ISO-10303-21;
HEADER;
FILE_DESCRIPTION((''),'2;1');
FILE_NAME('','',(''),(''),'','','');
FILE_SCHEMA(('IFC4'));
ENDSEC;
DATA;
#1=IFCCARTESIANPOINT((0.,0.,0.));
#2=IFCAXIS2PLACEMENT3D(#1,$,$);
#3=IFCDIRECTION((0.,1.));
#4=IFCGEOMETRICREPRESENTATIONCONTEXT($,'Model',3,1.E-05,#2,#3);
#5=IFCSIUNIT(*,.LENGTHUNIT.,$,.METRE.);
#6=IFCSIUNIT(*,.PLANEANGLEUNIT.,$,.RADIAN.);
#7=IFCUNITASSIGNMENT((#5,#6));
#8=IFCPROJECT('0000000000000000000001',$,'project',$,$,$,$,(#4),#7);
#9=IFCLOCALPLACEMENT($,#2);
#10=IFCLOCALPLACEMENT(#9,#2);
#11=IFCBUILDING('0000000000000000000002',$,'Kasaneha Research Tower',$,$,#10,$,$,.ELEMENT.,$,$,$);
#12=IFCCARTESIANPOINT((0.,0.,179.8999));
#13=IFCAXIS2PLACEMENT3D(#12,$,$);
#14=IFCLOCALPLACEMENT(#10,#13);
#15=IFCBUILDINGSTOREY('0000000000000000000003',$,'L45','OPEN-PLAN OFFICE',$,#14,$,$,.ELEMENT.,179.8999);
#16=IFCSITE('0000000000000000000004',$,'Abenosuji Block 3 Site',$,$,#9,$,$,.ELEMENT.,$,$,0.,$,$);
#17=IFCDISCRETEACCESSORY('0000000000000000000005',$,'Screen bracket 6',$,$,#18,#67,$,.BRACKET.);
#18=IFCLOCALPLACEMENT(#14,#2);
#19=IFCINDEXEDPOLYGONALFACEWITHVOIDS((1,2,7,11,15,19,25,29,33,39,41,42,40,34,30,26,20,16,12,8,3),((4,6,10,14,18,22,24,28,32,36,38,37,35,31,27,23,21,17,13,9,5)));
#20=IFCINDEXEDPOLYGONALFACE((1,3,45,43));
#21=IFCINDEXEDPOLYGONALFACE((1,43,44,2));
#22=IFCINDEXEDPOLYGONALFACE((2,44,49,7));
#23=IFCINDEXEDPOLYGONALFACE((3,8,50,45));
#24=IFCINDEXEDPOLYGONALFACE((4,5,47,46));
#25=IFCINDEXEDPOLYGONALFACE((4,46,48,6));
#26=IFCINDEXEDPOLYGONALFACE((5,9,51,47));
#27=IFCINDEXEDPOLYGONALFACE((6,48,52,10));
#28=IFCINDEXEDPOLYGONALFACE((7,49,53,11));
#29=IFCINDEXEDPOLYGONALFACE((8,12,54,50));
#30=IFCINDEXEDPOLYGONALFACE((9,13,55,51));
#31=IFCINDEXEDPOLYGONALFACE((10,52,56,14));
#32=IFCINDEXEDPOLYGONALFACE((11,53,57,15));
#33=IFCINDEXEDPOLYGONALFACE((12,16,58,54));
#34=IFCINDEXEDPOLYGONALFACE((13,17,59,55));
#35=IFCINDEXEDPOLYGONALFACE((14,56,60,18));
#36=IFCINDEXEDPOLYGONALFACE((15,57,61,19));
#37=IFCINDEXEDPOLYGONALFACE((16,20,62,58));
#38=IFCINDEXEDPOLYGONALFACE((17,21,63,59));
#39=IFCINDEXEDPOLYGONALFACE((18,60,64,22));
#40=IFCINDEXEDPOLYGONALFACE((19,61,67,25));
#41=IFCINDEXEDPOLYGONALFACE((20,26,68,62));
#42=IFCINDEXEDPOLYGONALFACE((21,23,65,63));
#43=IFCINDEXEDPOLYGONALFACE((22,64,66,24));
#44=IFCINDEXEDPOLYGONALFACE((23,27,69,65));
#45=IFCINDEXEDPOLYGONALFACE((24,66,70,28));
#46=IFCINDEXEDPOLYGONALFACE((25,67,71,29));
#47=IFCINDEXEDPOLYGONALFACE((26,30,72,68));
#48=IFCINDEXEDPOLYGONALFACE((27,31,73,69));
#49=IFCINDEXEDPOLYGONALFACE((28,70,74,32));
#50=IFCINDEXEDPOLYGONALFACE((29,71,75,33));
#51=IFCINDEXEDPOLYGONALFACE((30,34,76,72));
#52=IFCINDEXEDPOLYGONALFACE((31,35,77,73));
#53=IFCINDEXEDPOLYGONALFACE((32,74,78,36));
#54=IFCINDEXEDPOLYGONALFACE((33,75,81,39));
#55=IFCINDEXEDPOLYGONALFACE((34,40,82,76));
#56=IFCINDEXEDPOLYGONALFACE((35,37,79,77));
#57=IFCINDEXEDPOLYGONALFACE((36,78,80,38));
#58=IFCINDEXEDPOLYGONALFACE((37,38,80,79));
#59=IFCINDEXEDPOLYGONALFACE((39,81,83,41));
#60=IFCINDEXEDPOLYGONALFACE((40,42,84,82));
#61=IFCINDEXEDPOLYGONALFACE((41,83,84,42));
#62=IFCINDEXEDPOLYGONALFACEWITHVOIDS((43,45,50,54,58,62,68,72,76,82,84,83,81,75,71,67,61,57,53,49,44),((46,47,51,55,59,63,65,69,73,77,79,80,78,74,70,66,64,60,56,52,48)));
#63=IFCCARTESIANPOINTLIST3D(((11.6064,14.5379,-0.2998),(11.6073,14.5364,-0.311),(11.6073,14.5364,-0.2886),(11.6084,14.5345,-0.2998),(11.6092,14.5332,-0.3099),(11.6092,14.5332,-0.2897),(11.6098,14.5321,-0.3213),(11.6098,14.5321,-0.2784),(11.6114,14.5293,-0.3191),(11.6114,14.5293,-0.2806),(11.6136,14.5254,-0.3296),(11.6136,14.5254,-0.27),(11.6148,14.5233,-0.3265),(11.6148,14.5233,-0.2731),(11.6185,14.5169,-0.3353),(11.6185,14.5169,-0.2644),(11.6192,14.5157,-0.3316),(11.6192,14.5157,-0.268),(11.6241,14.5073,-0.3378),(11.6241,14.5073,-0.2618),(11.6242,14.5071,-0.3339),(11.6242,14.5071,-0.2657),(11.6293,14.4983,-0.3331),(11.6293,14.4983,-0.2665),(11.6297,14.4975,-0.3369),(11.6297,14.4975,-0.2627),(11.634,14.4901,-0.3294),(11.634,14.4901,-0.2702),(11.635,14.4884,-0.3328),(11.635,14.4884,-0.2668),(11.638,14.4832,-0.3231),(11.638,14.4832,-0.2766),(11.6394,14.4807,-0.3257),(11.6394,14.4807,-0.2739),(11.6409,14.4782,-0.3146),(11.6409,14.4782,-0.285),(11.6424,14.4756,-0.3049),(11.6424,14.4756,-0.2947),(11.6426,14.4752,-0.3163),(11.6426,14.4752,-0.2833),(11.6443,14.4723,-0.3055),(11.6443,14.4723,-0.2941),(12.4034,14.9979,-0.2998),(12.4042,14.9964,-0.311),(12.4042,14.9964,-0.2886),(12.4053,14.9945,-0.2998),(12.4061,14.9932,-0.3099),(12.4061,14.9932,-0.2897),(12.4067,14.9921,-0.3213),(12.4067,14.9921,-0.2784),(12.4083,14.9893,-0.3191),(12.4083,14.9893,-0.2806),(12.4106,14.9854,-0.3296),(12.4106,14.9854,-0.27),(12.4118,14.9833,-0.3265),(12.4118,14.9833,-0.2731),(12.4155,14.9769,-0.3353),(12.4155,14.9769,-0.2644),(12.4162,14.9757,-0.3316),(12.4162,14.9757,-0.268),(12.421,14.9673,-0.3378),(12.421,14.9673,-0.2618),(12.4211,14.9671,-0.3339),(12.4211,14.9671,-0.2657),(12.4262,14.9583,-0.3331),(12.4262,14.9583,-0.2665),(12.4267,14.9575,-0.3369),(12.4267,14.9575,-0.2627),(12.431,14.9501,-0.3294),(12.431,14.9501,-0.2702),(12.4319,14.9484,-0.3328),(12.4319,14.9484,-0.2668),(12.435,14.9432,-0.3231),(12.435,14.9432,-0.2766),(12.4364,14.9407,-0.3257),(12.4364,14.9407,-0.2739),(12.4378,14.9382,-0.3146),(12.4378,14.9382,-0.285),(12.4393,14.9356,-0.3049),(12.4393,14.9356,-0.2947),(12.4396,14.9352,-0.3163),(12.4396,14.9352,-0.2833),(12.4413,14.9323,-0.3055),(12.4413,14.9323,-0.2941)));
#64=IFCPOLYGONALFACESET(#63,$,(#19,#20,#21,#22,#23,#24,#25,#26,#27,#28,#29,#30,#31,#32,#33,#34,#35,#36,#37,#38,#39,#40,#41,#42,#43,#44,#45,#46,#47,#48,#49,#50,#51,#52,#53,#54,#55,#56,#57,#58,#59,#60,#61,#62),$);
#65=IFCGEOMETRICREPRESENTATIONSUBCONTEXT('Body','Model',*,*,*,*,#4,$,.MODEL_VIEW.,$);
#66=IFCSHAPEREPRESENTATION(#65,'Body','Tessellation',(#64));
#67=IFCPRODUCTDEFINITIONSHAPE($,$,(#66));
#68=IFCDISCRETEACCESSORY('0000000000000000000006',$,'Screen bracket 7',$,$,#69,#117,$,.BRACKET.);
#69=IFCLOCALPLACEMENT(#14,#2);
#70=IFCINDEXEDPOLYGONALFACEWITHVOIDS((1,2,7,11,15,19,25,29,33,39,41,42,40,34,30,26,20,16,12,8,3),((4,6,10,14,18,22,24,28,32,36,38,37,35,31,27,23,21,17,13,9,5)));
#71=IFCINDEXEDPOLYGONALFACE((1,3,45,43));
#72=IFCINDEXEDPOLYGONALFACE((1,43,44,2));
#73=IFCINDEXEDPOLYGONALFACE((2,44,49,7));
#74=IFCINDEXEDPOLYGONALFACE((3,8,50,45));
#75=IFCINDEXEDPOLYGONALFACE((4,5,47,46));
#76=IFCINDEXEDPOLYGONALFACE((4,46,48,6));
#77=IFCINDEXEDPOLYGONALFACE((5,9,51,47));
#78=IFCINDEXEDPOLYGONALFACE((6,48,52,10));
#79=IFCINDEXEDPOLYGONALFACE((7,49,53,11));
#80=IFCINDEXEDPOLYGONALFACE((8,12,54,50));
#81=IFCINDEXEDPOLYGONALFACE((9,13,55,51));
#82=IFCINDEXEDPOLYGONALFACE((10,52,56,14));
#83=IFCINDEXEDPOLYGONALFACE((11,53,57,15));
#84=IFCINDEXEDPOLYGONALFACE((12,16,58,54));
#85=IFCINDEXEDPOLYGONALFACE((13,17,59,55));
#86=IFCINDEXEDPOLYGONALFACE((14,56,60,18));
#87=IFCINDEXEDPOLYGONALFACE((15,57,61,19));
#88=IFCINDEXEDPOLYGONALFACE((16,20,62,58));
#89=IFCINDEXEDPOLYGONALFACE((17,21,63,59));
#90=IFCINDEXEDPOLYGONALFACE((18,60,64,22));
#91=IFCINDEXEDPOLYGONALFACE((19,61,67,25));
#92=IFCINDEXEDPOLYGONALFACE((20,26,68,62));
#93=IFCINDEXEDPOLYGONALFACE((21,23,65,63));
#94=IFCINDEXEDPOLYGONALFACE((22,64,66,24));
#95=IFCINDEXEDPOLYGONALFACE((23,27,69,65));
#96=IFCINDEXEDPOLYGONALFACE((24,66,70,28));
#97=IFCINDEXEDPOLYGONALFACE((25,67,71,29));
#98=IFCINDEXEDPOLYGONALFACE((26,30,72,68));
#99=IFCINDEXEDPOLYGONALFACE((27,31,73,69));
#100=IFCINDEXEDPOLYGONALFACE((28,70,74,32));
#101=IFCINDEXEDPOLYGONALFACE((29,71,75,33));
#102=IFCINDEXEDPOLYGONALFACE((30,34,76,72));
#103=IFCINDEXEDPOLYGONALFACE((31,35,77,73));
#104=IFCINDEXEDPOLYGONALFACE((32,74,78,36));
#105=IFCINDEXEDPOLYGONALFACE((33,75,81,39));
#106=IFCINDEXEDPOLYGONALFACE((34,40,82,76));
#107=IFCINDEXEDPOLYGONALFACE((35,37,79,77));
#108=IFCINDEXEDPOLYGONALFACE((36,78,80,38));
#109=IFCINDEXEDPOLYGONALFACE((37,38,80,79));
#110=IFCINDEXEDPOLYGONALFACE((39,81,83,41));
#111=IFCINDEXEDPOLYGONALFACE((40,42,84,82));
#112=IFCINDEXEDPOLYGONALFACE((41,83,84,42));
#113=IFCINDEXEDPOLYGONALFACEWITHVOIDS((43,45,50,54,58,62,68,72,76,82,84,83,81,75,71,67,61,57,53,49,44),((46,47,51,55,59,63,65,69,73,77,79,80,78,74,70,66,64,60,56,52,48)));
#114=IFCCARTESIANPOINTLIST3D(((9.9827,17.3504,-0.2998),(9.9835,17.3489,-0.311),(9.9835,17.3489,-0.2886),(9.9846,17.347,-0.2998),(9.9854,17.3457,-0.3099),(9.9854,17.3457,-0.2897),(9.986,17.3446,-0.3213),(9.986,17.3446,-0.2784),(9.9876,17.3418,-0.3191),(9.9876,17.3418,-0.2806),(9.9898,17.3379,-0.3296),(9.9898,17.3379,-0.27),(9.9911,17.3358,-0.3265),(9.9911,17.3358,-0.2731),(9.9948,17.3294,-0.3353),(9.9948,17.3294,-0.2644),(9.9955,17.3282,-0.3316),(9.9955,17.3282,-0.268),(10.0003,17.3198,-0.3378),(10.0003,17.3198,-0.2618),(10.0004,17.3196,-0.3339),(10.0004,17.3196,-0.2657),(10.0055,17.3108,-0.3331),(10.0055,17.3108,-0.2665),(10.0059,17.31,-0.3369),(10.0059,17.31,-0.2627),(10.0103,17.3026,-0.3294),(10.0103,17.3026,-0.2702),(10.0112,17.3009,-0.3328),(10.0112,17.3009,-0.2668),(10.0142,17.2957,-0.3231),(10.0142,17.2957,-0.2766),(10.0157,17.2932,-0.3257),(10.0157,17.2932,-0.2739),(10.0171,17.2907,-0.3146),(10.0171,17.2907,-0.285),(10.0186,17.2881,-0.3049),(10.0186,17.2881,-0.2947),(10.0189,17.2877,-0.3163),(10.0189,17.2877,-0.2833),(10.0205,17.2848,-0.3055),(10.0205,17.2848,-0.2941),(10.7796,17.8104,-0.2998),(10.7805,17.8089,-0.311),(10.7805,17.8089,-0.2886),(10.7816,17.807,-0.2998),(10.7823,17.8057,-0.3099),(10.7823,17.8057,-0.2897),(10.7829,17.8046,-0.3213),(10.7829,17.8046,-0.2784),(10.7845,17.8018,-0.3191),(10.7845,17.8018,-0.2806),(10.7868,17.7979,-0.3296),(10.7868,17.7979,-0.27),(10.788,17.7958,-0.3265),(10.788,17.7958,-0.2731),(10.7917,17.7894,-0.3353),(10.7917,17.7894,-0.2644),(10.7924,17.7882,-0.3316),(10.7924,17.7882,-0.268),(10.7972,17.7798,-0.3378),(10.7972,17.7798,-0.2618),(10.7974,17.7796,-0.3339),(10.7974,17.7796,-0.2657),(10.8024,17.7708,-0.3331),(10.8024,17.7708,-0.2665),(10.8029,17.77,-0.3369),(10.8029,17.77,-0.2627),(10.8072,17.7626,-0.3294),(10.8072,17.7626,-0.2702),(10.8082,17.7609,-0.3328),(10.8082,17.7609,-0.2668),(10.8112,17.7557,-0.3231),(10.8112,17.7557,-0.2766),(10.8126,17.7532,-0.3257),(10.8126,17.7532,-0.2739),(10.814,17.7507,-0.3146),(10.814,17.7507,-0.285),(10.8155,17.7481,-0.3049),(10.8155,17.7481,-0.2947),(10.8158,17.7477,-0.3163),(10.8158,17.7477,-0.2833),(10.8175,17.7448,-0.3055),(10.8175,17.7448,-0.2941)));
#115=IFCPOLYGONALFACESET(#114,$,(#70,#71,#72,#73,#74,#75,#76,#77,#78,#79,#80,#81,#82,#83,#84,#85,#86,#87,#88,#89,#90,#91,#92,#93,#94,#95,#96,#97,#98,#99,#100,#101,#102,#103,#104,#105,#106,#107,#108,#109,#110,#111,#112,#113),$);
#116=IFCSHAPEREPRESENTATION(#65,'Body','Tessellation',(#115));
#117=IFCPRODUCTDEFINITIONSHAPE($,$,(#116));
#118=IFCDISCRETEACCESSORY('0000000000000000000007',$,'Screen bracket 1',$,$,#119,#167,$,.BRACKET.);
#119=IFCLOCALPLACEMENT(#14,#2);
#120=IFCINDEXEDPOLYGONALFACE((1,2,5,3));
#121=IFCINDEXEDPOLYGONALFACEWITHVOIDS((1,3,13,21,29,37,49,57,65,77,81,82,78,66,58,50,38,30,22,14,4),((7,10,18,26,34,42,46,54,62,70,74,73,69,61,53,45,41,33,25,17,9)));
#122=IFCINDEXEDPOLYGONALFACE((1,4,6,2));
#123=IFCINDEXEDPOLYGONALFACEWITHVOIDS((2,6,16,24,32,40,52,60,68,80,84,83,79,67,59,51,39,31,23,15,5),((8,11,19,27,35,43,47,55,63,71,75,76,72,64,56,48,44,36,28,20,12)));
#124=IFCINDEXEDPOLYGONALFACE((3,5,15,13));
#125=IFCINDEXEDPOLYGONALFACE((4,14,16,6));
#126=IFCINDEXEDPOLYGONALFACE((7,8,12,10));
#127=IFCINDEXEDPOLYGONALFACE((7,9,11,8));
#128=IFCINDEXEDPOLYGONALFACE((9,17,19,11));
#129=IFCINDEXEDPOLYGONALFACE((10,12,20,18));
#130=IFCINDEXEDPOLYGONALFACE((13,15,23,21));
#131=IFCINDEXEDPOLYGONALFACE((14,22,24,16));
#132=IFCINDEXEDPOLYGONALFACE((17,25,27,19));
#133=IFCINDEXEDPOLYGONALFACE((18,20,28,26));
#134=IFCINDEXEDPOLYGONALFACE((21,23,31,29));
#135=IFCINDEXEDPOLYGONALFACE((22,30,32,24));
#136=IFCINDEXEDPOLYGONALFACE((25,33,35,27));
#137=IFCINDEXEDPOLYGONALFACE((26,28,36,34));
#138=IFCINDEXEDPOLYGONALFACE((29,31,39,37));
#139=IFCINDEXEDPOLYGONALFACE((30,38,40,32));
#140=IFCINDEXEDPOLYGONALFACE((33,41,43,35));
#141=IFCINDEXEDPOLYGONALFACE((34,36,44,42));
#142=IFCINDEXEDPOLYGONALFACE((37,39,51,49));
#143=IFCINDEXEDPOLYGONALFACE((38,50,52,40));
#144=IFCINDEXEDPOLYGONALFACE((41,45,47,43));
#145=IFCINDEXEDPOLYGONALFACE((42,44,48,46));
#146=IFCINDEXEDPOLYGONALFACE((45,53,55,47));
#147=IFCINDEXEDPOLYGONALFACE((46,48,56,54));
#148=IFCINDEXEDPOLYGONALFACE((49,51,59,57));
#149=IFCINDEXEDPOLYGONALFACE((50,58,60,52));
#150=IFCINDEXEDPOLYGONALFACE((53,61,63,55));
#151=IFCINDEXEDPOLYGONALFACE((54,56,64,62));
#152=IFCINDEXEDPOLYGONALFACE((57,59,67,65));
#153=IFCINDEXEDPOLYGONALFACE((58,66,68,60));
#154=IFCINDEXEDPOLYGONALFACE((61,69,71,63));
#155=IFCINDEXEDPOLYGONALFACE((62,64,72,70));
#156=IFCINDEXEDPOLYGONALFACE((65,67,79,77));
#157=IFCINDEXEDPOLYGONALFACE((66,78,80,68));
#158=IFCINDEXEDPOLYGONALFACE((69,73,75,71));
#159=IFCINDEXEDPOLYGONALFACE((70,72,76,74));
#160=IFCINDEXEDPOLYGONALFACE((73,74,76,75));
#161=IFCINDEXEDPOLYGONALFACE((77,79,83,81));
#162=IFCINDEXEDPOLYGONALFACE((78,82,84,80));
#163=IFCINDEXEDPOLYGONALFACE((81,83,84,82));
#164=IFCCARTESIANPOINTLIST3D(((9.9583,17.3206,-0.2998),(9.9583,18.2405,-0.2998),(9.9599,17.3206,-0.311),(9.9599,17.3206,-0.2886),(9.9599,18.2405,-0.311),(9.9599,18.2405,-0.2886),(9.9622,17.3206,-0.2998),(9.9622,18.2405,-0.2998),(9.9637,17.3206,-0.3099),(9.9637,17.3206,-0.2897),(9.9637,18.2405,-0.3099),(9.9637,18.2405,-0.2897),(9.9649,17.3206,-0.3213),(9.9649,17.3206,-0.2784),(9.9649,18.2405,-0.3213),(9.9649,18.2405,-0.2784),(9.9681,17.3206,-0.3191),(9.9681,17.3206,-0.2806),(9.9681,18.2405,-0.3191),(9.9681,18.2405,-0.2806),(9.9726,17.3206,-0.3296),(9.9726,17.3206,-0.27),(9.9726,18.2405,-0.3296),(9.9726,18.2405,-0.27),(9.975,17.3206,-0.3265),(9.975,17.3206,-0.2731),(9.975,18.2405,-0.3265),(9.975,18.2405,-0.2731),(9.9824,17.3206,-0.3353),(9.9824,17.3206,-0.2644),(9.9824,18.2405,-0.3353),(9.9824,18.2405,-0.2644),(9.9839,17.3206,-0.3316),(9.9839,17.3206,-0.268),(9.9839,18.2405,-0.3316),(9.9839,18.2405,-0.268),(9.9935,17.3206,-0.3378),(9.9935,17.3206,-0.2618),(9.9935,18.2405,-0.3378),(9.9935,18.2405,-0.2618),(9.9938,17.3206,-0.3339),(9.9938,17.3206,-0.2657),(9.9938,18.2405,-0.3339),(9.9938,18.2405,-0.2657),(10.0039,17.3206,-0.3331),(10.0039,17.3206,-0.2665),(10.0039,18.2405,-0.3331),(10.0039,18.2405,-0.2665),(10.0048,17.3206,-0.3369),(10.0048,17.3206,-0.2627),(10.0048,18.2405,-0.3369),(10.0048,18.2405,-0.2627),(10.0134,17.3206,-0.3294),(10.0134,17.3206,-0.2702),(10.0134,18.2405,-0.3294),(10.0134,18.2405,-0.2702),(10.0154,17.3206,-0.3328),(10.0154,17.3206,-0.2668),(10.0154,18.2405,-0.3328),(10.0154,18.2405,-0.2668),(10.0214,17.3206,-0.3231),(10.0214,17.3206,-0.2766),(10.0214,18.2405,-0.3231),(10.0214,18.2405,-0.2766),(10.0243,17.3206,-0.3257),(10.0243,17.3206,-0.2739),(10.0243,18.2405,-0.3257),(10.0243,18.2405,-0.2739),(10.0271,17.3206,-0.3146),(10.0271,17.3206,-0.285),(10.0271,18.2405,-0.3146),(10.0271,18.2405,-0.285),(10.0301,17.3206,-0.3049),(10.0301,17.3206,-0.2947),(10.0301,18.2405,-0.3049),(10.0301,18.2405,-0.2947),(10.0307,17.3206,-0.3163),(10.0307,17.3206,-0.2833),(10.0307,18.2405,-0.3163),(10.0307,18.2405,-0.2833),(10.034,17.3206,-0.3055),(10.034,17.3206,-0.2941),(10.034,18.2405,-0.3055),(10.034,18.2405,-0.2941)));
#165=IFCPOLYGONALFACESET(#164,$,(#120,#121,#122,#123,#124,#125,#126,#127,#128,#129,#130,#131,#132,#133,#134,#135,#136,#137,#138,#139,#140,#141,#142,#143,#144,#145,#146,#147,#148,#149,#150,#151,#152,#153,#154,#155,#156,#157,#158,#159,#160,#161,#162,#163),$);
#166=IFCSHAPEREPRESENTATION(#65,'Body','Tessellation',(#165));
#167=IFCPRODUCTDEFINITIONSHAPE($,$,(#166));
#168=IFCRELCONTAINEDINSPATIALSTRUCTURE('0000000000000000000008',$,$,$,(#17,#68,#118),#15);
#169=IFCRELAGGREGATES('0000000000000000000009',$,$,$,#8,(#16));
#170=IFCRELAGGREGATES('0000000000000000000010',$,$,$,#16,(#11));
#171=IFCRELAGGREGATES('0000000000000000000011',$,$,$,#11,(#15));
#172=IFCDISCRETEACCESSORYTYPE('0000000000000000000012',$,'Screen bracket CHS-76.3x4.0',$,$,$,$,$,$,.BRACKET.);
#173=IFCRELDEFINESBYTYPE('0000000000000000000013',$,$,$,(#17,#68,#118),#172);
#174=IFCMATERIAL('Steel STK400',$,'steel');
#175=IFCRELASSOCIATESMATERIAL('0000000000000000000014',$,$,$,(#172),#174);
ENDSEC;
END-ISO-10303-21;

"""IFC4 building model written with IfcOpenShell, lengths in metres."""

from ifc_helpers import new_model, si_unit, direction, frame, origin, origin_2d, place, context, subcontext, project, spatial, hollow_circle, extrude, material, material_profile, profile_set, type_object, element, save


model = new_model("IFC4")

# Units and contexts
model_context = context("Model", 3, precision=1e-05, world=origin(), true_north=direction((0.0, 1.0)))
body_context = subcontext(model_context, "Body", "Model", "MODEL_VIEW")
ifc_project = project(units=[si_unit("LENGTHUNIT", "METRE"), si_unit("PLANEANGLEUNIT", "RADIAN")], contexts=[model_context])

# Site, building, storey
site_placement = place(None, origin())
site = spatial("IfcSite", under=ifc_project, at=site_placement, Name="Abenosuji Block 3 Site", CompositionType="ELEMENT", RefElevation=0.0)
building_placement = place(site_placement, origin())
building = spatial("IfcBuilding", under=site, at=building_placement, Name="Kasaneha Research Tower", CompositionType="ELEMENT")
storey_placement = place(building_placement, frame((0.0, 0.0, 179.8999)))
storey = spatial("IfcBuildingStorey", under=building, at=storey_placement, Name="L45", Description="OPEN-PLAN OFFICE", CompositionType="ELEMENT", Elevation=179.8999)

# Discrete accessories
ifc_material_1 = material(Name="Steel STK400", Category="steel")
ifc_material_profile_1 = material_profile(ifc_material_1, hollow_circle(Radius=0.0381, WallThickness=0.0039, at=origin_2d()), Name="CHS-76.3x4.0")
ifc_profile_set_1 = profile_set([ifc_material_profile_1], Name="Steel STK400")
discrete_accessory_type = type_object("IfcDiscreteAccessoryType", Name="Screen bracket CHS-76.3x4.0", PredefinedType="BRACKET", material=ifc_profile_set_1)
for number, where, z_axis, x_axis, name in (
    (1, (11.6255, 14.5049, -0.2998), (0.86608, 0.499906, 0.0), (-0.499906, 0.86608, 0.0), "Screen bracket 6"),
    (2, (10.0017, 17.3174, -0.2998), (0.86608, 0.499906, 0.0), (-0.499906, 0.86608, 0.0), "Screen bracket 7"),
):
    element("IfcDiscreteAccessory", number, at=place(storey_placement, frame(where, z_axis=z_axis, x_axis=x_axis)), inside=storey, type_object=discrete_accessory_type, Name=name, PredefinedType="BRACKET", context=body_context, shape_type="SweptSolid", body=[
        extrude(hollow_circle(Radius=0.0381, WallThickness=0.0039, at=origin_2d()), origin(), (0.0, 0.0, 1.0), 0.9202),
    ])
discrete_accessory_placement = place(storey_placement, frame((9.9963, 17.3206, -0.2998), z_axis=(0.0, 1.0, 0.0), x_axis=(-1.0, 0.0, 0.0)))
element("IfcDiscreteAccessory", 3, at=discrete_accessory_placement, inside=storey, type_object=discrete_accessory_type, Name="Screen bracket 1", PredefinedType="BRACKET", context=body_context, shape_type="SweptSolid", body=[
    extrude(hollow_circle(Radius=0.0381, WallThickness=0.0039, at=origin_2d()), origin(), (0.0, 0.0, 1.0), 0.9199),
])

save(model, "model.ifc")
